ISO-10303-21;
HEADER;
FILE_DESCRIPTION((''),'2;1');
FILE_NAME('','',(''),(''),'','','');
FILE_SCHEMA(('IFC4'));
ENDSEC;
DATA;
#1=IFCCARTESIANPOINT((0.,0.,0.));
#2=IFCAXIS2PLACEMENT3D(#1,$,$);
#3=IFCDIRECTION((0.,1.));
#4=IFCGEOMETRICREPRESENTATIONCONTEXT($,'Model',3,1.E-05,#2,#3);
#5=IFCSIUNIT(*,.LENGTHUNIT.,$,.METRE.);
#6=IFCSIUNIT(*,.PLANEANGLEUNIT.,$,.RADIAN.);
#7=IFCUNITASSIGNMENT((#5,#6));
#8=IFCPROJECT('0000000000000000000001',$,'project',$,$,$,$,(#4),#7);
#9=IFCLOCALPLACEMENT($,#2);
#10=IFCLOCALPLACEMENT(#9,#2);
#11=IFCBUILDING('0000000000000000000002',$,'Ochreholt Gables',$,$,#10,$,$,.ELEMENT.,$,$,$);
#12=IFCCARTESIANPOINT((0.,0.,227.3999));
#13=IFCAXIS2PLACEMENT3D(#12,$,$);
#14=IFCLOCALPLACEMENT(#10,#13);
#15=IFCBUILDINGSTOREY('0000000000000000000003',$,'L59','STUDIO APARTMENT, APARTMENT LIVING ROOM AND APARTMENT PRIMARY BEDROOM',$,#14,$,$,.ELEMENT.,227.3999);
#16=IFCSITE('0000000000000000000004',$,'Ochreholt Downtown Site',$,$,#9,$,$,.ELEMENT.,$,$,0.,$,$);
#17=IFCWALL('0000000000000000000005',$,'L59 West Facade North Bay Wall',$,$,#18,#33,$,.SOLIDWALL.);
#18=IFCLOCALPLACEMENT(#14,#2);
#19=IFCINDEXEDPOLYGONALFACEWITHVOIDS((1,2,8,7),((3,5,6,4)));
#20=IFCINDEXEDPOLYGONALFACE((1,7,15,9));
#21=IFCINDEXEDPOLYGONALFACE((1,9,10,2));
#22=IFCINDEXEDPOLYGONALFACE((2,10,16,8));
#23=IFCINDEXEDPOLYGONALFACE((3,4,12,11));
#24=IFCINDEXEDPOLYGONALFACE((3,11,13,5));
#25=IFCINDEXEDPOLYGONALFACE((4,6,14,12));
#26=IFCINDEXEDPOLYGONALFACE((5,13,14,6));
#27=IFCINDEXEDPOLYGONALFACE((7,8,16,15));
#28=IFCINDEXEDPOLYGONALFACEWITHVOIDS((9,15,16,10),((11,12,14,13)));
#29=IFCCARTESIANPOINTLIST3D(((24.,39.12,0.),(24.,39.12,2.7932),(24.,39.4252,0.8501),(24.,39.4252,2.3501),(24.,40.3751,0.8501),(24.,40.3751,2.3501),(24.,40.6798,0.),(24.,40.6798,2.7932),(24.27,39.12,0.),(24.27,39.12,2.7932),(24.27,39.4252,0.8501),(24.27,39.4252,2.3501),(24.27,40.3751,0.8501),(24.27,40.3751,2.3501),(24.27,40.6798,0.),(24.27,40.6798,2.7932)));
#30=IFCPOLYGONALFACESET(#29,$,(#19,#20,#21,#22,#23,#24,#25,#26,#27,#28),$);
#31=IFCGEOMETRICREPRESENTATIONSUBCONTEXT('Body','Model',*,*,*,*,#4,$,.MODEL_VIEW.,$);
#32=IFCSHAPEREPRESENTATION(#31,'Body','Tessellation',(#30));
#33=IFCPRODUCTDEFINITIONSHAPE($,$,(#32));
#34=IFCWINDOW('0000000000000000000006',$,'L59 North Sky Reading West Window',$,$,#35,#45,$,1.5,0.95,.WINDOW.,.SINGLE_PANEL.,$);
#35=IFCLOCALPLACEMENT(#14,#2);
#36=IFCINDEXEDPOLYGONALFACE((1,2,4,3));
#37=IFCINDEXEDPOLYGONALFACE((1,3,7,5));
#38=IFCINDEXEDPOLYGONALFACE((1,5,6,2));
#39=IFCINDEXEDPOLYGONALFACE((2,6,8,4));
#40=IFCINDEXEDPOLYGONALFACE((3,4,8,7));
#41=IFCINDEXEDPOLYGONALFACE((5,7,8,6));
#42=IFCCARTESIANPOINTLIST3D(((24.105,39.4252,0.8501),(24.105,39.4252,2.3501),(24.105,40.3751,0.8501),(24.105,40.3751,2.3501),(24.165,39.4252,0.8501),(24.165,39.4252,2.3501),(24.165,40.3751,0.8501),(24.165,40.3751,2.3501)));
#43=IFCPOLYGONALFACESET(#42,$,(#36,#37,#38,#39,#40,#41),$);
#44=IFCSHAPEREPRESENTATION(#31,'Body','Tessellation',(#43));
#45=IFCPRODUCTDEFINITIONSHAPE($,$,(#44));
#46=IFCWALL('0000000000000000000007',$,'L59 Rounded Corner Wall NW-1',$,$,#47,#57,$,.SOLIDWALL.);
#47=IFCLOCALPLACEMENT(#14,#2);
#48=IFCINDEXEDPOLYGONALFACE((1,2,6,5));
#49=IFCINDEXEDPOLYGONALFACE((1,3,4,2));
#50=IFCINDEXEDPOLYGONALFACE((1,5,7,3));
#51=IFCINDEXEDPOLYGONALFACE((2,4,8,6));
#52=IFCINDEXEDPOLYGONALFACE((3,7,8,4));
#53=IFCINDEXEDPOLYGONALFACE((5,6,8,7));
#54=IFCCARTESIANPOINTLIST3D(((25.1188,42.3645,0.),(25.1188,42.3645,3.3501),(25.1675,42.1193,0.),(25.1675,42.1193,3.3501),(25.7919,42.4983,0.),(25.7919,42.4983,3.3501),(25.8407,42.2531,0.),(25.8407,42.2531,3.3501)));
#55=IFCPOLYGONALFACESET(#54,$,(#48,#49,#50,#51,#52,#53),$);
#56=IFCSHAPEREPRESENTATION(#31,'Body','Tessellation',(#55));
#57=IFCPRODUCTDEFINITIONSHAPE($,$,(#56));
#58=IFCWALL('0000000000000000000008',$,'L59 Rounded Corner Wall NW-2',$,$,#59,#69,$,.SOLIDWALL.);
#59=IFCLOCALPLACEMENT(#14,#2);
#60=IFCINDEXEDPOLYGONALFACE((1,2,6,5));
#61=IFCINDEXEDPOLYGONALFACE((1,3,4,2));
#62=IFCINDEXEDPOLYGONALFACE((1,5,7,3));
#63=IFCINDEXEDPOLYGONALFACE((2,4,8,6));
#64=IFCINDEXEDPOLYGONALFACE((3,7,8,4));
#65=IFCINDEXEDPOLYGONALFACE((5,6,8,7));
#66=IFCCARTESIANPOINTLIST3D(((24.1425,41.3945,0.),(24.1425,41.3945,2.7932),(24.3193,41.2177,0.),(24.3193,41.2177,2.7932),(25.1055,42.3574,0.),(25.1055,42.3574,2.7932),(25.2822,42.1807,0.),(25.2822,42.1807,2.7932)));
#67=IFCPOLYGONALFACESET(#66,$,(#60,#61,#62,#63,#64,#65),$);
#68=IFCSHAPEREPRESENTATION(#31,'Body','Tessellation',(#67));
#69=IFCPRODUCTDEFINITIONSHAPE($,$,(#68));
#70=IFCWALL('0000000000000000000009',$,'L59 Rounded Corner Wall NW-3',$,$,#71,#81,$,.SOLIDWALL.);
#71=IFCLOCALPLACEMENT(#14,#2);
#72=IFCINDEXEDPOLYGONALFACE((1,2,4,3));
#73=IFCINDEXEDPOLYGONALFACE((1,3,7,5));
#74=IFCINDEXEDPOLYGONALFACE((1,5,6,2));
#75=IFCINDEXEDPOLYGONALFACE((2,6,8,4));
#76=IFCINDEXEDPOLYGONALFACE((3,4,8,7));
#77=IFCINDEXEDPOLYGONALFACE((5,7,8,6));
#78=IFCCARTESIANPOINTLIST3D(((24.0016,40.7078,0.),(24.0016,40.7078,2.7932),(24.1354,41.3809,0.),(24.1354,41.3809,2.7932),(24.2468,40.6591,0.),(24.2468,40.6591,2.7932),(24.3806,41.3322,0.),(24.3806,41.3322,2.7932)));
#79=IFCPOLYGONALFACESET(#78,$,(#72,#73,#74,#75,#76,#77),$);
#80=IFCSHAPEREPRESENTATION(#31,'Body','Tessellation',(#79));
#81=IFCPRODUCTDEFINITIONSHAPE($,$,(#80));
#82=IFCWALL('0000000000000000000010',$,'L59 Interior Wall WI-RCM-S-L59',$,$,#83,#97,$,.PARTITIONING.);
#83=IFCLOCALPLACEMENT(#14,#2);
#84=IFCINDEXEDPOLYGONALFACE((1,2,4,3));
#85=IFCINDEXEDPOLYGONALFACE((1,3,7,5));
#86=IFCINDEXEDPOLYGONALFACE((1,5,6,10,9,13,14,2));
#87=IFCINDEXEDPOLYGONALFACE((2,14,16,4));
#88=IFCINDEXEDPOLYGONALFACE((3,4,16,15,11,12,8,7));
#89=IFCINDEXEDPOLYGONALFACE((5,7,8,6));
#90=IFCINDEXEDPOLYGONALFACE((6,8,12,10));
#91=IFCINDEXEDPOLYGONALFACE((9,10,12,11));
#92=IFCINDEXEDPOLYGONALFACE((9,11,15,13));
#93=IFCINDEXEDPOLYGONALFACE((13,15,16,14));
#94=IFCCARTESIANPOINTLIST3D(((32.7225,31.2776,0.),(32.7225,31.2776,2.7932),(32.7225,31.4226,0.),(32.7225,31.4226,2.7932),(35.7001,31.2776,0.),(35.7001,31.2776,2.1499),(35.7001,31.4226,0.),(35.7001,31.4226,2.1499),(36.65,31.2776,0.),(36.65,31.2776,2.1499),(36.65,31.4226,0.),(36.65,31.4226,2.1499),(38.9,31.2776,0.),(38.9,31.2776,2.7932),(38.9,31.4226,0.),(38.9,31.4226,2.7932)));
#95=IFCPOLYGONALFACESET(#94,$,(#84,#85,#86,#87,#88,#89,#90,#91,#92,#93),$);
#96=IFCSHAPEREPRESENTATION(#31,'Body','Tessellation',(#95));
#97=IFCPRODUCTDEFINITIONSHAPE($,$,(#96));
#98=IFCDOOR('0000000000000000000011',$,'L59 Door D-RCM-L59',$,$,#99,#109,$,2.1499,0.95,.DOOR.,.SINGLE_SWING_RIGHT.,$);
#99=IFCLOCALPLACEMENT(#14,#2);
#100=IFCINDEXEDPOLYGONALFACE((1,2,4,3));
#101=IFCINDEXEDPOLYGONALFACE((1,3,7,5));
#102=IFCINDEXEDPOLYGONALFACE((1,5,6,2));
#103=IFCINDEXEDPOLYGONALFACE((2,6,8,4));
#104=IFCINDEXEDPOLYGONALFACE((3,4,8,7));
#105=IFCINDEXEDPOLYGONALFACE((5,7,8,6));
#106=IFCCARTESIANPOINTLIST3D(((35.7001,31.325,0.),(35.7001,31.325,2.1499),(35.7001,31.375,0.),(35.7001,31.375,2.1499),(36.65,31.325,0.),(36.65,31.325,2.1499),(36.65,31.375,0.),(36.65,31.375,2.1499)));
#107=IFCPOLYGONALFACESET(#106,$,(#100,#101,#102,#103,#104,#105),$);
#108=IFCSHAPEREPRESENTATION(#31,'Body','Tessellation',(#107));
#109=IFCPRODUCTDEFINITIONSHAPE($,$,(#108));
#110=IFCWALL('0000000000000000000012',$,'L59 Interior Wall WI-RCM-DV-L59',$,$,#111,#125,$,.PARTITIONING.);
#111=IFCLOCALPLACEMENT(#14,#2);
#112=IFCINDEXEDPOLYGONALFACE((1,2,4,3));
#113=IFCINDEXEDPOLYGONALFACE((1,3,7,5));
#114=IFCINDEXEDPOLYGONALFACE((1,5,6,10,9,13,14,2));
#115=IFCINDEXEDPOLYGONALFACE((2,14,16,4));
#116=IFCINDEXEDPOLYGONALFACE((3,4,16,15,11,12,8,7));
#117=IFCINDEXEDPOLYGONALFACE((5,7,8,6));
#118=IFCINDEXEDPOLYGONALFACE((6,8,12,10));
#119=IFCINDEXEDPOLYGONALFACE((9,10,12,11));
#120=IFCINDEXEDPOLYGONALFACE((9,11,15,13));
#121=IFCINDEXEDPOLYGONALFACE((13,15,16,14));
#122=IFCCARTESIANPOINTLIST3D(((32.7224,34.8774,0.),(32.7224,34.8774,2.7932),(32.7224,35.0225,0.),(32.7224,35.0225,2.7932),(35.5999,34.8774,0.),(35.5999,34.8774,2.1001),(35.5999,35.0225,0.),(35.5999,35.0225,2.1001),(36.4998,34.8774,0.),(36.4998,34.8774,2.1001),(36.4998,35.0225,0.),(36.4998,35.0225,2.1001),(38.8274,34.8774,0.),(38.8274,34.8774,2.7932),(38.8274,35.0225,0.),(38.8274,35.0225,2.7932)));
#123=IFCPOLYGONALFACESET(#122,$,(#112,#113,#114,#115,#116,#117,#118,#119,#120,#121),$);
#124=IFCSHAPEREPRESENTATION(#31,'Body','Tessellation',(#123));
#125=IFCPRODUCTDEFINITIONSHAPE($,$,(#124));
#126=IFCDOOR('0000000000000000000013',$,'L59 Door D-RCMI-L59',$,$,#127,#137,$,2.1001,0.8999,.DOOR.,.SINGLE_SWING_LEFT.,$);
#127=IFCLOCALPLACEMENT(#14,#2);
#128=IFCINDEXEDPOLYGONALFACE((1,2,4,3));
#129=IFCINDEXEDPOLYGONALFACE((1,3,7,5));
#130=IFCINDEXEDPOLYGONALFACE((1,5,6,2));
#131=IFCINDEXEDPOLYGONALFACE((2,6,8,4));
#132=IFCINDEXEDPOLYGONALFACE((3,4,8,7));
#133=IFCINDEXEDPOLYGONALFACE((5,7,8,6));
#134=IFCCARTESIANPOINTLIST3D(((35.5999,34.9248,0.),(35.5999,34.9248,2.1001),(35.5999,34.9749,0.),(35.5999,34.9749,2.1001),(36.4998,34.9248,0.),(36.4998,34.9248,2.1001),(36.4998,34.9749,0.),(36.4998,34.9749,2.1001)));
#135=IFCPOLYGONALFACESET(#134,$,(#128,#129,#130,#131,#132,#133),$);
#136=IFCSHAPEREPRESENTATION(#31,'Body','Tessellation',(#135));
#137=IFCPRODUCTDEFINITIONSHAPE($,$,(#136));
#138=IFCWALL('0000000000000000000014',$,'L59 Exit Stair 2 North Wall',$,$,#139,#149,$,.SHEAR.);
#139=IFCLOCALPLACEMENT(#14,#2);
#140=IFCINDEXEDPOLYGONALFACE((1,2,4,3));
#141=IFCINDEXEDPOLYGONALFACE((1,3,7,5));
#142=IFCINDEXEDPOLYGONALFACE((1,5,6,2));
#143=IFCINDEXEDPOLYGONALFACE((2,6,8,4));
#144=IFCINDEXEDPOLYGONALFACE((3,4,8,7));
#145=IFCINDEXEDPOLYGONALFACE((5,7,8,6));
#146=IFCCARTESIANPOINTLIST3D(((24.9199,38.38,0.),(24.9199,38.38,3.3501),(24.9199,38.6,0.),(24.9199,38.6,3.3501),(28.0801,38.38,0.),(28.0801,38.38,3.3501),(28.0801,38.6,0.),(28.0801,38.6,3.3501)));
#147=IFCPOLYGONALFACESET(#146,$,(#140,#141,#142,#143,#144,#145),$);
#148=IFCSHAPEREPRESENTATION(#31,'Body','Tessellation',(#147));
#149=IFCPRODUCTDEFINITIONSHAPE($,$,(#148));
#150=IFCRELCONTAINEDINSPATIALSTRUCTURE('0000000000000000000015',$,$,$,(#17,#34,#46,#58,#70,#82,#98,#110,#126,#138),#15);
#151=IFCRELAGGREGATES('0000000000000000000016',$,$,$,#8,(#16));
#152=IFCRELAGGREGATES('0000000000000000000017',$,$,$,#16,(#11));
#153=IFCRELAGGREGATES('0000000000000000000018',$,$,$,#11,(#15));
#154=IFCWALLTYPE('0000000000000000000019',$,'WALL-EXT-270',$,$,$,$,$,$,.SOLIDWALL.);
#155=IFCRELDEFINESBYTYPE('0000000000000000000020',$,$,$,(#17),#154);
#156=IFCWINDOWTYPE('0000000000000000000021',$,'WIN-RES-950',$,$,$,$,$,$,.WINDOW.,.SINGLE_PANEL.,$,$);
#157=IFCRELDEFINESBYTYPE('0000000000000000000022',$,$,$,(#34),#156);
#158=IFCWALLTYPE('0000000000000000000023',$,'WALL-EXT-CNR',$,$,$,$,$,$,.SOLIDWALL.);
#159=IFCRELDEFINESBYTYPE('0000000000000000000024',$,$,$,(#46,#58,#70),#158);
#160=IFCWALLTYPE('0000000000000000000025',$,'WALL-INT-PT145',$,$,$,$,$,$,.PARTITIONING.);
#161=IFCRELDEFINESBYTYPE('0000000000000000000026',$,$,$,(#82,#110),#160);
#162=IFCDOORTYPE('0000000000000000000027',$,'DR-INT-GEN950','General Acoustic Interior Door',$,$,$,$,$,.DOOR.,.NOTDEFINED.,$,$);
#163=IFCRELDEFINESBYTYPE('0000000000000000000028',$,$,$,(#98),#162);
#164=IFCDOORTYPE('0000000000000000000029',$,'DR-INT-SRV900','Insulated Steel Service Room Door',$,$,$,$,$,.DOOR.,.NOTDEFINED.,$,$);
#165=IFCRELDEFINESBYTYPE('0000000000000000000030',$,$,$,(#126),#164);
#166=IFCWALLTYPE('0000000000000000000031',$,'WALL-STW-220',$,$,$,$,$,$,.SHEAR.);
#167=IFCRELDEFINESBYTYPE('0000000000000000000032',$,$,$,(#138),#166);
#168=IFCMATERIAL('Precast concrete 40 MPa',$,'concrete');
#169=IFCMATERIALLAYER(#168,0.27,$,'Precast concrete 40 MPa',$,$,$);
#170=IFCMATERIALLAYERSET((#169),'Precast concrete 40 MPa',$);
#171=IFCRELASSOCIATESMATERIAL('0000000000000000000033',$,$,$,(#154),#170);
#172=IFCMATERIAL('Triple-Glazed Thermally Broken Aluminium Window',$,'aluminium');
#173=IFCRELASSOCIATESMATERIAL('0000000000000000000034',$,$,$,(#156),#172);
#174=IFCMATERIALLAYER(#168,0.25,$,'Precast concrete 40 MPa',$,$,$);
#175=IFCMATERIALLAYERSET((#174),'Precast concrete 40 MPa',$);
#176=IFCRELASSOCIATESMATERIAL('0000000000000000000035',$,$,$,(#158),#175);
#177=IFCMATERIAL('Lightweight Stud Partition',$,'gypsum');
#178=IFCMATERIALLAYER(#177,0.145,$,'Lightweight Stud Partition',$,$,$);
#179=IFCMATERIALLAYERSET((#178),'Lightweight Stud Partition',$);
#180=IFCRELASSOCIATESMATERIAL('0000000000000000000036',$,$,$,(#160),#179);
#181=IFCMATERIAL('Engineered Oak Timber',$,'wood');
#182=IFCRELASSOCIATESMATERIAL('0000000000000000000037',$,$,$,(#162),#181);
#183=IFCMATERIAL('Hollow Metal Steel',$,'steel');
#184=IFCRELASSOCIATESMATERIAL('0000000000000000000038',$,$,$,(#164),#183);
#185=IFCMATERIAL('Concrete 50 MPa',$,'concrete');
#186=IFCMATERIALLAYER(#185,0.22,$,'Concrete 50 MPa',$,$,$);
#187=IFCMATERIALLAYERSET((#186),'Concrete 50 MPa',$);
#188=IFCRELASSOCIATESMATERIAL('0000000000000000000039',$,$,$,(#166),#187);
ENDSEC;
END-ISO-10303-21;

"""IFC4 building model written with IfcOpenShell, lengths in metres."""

from ifc_helpers import new_model, si_unit, direction, frame, frame_2d, origin, place, context, subcontext, project, spatial, rectangle, extrude, material, layer, layer_set, type_object, element, fill, save


model = new_model("IFC4")

# Units and contexts
model_context = context("Model", 3, precision=1e-05, world=origin(), true_north=direction((0.0, 1.0)))
body_context = subcontext(model_context, "Body", "Model", "MODEL_VIEW")
ifc_project = project(units=[si_unit("LENGTHUNIT", "METRE"), si_unit("PLANEANGLEUNIT", "RADIAN")], contexts=[model_context])

# Site, building, storey
site_placement = place(None, origin())
site = spatial("IfcSite", under=ifc_project, at=site_placement, Name="Ochreholt Downtown Site", CompositionType="ELEMENT", RefElevation=0.0)
building_placement = place(site_placement, origin())
building = spatial("IfcBuilding", under=site, at=building_placement, Name="Ochreholt Gables", CompositionType="ELEMENT")
storey_placement = place(building_placement, frame((0.0, 0.0, 227.3999)))
storey = spatial("IfcBuildingStorey", under=building, at=storey_placement, Name="L59", Description="STUDIO APARTMENT, APARTMENT LIVING ROOM AND APARTMENT PRIMARY BEDROOM", CompositionType="ELEMENT", Elevation=227.3999)

# Shared definitions
ifc_material_1 = material(Name="Concrete 50 MPa", Category="concrete")

# Shared definitions
ifc_material_2 = material(Name="Hollow Metal Steel", Category="steel")

# Wall, opening, window
ifc_material_3 = material(Name="Precast concrete 40 MPa", Category="concrete")
ifc_layer_1 = layer(ifc_material_3, 0.27, Name="Precast concrete 40 MPa")
ifc_layer_set_1 = layer_set([ifc_layer_1], Name="Precast concrete 40 MPa")
wall_type_1 = type_object("IfcWallType", Name="WALL-EXT-270", PredefinedType="SOLIDWALL", material=ifc_layer_set_1)
wall_1_placement = place(storey_placement, frame((24.135, 39.1201, 0.0), z_axis=(0.0, 0.0, 1.0), x_axis=(0.0, 1.0, 0.0)))
wall_1 = element("IfcWall", 1, at=wall_1_placement, inside=storey, type_object=wall_type_1, Name="L59 West Facade North Bay Wall", PredefinedType="SOLIDWALL", context=body_context, shape_type="SweptSolid", body=[
    extrude(rectangle(XDim=1.5598, YDim=0.27, at=frame_2d((0.7798, 0.0))), origin(), (0.0, 0.0, 1.0), 2.7932),
])
opening_1_placement = place(wall_1_placement, frame((0.3049, 0.0, 0.8501)))
opening_1 = element("IfcOpeningElement", 2, at=opening_1_placement, cuts=wall_1, PredefinedType="OPENING", context=body_context, shape_type="SweptSolid", body=[
    extrude(rectangle(XDim=0.95, YDim=1.5, at=frame_2d((0.4751, 0.75))), frame((0.0, 0.145, 0.0), z_axis=(0.0, -1.0, 0.0), x_axis=(1.0, 0.0, 0.0)), (0.0, 0.0, 1.0), 0.29),
])
ifc_material_4 = material(Name="Triple-Glazed Thermally Broken Aluminium Window", Category="aluminium")
window_type = type_object("IfcWindowType", Name="WIN-RES-950", PartitioningType="SINGLE_PANEL", PredefinedType="WINDOW", material=ifc_material_4)
window_placement = place(opening_1_placement, origin())
window = element("IfcWindow", 3, at=window_placement, inside=storey, type_object=window_type, Name="L59 North Sky Reading West Window", OverallHeight=1.5, OverallWidth=0.95, PartitioningType="SINGLE_PANEL", PredefinedType="WINDOW", context=body_context, shape_type="SweptSolid", body=[
    extrude(rectangle(XDim=0.95, YDim=1.5, at=frame_2d((0.4751, 0.75))), frame((0.0, 0.03, 0.0), z_axis=(0.0, -1.0, 0.0), x_axis=(1.0, 0.0, 0.0)), (0.0, 0.0, 1.0), 0.0601),
])
fill(opening_1, window)

# Walls
ifc_layer_2 = layer(ifc_material_3, 0.25, Name="Precast concrete 40 MPa")
ifc_layer_set_2 = layer_set([ifc_layer_2], Name="Precast concrete 40 MPa")
wall_type_2 = type_object("IfcWallType", Name="WALL-EXT-CNR", PredefinedType="SOLIDWALL", material=ifc_layer_set_2)
wall_2_placement = place(storey_placement, frame((25.8164, 42.3757, 0.0), z_axis=(0.0, 0.0, 1.0), x_axis=(-0.980813, -0.194953, 0.0)))
element("IfcWall", 4, at=wall_2_placement, inside=storey, type_object=wall_type_2, Name="L59 Rounded Corner Wall NW-1", PredefinedType="SOLIDWALL", context=body_context, shape_type="SweptSolid", body=[
    extrude(rectangle(XDim=0.6863, YDim=0.25, at=frame_2d((0.3433, 0.0))), origin(), (0.0, 0.0, 1.0), 3.3501),
])
wall_3_placement = place(storey_placement, frame((25.1938, 42.269, 0.0), z_axis=(0.0, 0.0, 1.0), x_axis=(-0.707107, -0.707107, 0.0)))
element("IfcWall", 5, at=wall_3_placement, inside=storey, type_object=wall_type_2, Name="L59 Rounded Corner Wall NW-2", PredefinedType="SOLIDWALL", context=body_context, shape_type="SweptSolid", body=[
    extrude(rectangle(XDim=1.3618, YDim=0.25, at=frame_2d((0.6809, 0.0))), origin(), (0.0, 0.0, 1.0), 2.7932),
])
wall_4_placement = place(storey_placement, frame((24.2581, 41.3567, 0.0), z_axis=(0.0, 0.0, 1.0), x_axis=(-0.194953, -0.980813, 0.0)))
element("IfcWall", 6, at=wall_4_placement, inside=storey, type_object=wall_type_2, Name="L59 Rounded Corner Wall NW-3", PredefinedType="SOLIDWALL", context=body_context, shape_type="SweptSolid", body=[
    extrude(rectangle(XDim=0.6863, YDim=0.25, at=frame_2d((0.3433, 0.0))), origin(), (0.0, 0.0, 1.0), 2.7932),
])

# Walls, openings, doors
ifc_material_5 = material(Name="Lightweight Stud Partition", Category="gypsum")
ifc_layer_3 = layer(ifc_material_5, 0.145, Name="Lightweight Stud Partition")
ifc_layer_set_3 = layer_set([ifc_layer_3], Name="Lightweight Stud Partition")
wall_type_3 = type_object("IfcWallType", Name="WALL-INT-PT145", PredefinedType="PARTITIONING", material=ifc_layer_set_3)
wall_5_placement = place(storey_placement, frame((32.7224, 31.3501, 0.0), z_axis=(0.0, 0.0, 1.0), x_axis=(1.0, 0.0, 0.0)))
wall_5 = element("IfcWall", 7, at=wall_5_placement, inside=storey, type_object=wall_type_3, Name="L59 Interior Wall WI-RCM-S-L59", PredefinedType="PARTITIONING", context=body_context, shape_type="SweptSolid", body=[
    extrude(rectangle(XDim=6.1775, YDim=0.145, at=frame_2d((3.0889, 0.0))), origin(), (0.0, 0.0, 1.0), 2.7932),
])
opening_2_placement = place(wall_5_placement, frame((2.9775, 0.0, 0.0)))
opening_2 = element("IfcOpeningElement", 8, at=opening_2_placement, cuts=wall_5, PredefinedType="OPENING", context=body_context, shape_type="SweptSolid", body=[
    extrude(rectangle(XDim=0.95, YDim=2.1499, at=frame_2d((0.4751, 1.075))), frame((0.0, 0.0825, 0.0), z_axis=(0.0, -1.0, 0.0), x_axis=(1.0, 0.0, 0.0)), (0.0, 0.0, 1.0), 0.165),
])
ifc_material_6 = material(Name="Engineered Oak Timber", Category="wood")
door_type_1 = type_object("IfcDoorType", Name="DR-INT-GEN950", Description="General Acoustic Interior Door", OperationType="NOTDEFINED", PredefinedType="DOOR", material=ifc_material_6)
door_1_placement = place(opening_2_placement, origin())
door_1 = element("IfcDoor", 9, at=door_1_placement, inside=storey, type_object=door_type_1, Name="L59 Door D-RCM-L59", OperationType="SINGLE_SWING_RIGHT", OverallHeight=2.1499, OverallWidth=0.95, PredefinedType="DOOR", context=body_context, shape_type="SweptSolid", body=[
    extrude(rectangle(XDim=0.95, YDim=2.1499, at=frame_2d((0.4751, 1.075))), frame((0.0, 0.0249, 0.0), z_axis=(0.0, -1.0, 0.0), x_axis=(1.0, 0.0, 0.0)), (0.0, 0.0, 1.0), 0.05),
])
fill(opening_2, door_1)
wall_6_placement = place(storey_placement, frame((32.7224, 34.95, 0.0), z_axis=(0.0, 0.0, 1.0), x_axis=(1.0, 0.0, 0.0)))
wall_6 = element("IfcWall", 10, at=wall_6_placement, inside=storey, type_object=wall_type_3, Name="L59 Interior Wall WI-RCM-DV-L59", PredefinedType="PARTITIONING", context=body_context, shape_type="SweptSolid", body=[
    extrude(rectangle(XDim=6.105, YDim=0.145, at=frame_2d((3.0525, 0.0))), origin(), (0.0, 0.0, 1.0), 2.7932),
])
opening_3_placement = place(wall_6_placement, frame((2.8774, 0.0, 0.0)))
opening_3 = element("IfcOpeningElement", 11, at=opening_3_placement, cuts=wall_6, PredefinedType="OPENING", context=body_context, shape_type="SweptSolid", body=[
    extrude(rectangle(XDim=0.8999, YDim=2.1001, at=frame_2d((0.45, 1.05))), frame((0.0, 0.0825, 0.0), z_axis=(0.0, -1.0, 0.0), x_axis=(1.0, 0.0, 0.0)), (0.0, 0.0, 1.0), 0.165),
])
door_type_2 = type_object("IfcDoorType", Name="DR-INT-SRV900", Description="Insulated Steel Service Room Door", OperationType="NOTDEFINED", PredefinedType="DOOR", material=ifc_material_2)
door_2_placement = place(opening_3_placement, origin())
door_2 = element("IfcDoor", 12, at=door_2_placement, inside=storey, type_object=door_type_2, Name="L59 Door D-RCMI-L59", OperationType="SINGLE_SWING_LEFT", OverallHeight=2.1001, OverallWidth=0.8999, PredefinedType="DOOR", context=body_context, shape_type="SweptSolid", body=[
    extrude(rectangle(XDim=0.8999, YDim=2.1001, at=frame_2d((0.45, 1.05))), frame((0.0, 0.0249, 0.0), z_axis=(0.0, -1.0, 0.0), x_axis=(1.0, 0.0, 0.0)), (0.0, 0.0, 1.0), 0.05),
])
fill(opening_3, door_2)

# Wall
ifc_layer_4 = layer(ifc_material_1, 0.22, Name="Concrete 50 MPa")
ifc_layer_set_4 = layer_set([ifc_layer_4], Name="Concrete 50 MPa")
wall_type_4 = type_object("IfcWallType", Name="WALL-STW-220", PredefinedType="SHEAR", material=ifc_layer_set_4)
wall_7_placement = place(storey_placement, frame((24.9199, 38.49, 0.0), z_axis=(0.0, 0.0, 1.0), x_axis=(1.0, 0.0, 0.0)))
element("IfcWall", 13, at=wall_7_placement, inside=storey, type_object=wall_type_4, Name="L59 Exit Stair 2 North Wall", PredefinedType="SHEAR", context=body_context, shape_type="SweptSolid", body=[
    extrude(rectangle(XDim=3.1602, YDim=0.22, at=frame_2d((1.5801, 0.0))), origin(), (0.0, 0.0, 1.0), 3.3501),
])

save(model, "model.ifc")
